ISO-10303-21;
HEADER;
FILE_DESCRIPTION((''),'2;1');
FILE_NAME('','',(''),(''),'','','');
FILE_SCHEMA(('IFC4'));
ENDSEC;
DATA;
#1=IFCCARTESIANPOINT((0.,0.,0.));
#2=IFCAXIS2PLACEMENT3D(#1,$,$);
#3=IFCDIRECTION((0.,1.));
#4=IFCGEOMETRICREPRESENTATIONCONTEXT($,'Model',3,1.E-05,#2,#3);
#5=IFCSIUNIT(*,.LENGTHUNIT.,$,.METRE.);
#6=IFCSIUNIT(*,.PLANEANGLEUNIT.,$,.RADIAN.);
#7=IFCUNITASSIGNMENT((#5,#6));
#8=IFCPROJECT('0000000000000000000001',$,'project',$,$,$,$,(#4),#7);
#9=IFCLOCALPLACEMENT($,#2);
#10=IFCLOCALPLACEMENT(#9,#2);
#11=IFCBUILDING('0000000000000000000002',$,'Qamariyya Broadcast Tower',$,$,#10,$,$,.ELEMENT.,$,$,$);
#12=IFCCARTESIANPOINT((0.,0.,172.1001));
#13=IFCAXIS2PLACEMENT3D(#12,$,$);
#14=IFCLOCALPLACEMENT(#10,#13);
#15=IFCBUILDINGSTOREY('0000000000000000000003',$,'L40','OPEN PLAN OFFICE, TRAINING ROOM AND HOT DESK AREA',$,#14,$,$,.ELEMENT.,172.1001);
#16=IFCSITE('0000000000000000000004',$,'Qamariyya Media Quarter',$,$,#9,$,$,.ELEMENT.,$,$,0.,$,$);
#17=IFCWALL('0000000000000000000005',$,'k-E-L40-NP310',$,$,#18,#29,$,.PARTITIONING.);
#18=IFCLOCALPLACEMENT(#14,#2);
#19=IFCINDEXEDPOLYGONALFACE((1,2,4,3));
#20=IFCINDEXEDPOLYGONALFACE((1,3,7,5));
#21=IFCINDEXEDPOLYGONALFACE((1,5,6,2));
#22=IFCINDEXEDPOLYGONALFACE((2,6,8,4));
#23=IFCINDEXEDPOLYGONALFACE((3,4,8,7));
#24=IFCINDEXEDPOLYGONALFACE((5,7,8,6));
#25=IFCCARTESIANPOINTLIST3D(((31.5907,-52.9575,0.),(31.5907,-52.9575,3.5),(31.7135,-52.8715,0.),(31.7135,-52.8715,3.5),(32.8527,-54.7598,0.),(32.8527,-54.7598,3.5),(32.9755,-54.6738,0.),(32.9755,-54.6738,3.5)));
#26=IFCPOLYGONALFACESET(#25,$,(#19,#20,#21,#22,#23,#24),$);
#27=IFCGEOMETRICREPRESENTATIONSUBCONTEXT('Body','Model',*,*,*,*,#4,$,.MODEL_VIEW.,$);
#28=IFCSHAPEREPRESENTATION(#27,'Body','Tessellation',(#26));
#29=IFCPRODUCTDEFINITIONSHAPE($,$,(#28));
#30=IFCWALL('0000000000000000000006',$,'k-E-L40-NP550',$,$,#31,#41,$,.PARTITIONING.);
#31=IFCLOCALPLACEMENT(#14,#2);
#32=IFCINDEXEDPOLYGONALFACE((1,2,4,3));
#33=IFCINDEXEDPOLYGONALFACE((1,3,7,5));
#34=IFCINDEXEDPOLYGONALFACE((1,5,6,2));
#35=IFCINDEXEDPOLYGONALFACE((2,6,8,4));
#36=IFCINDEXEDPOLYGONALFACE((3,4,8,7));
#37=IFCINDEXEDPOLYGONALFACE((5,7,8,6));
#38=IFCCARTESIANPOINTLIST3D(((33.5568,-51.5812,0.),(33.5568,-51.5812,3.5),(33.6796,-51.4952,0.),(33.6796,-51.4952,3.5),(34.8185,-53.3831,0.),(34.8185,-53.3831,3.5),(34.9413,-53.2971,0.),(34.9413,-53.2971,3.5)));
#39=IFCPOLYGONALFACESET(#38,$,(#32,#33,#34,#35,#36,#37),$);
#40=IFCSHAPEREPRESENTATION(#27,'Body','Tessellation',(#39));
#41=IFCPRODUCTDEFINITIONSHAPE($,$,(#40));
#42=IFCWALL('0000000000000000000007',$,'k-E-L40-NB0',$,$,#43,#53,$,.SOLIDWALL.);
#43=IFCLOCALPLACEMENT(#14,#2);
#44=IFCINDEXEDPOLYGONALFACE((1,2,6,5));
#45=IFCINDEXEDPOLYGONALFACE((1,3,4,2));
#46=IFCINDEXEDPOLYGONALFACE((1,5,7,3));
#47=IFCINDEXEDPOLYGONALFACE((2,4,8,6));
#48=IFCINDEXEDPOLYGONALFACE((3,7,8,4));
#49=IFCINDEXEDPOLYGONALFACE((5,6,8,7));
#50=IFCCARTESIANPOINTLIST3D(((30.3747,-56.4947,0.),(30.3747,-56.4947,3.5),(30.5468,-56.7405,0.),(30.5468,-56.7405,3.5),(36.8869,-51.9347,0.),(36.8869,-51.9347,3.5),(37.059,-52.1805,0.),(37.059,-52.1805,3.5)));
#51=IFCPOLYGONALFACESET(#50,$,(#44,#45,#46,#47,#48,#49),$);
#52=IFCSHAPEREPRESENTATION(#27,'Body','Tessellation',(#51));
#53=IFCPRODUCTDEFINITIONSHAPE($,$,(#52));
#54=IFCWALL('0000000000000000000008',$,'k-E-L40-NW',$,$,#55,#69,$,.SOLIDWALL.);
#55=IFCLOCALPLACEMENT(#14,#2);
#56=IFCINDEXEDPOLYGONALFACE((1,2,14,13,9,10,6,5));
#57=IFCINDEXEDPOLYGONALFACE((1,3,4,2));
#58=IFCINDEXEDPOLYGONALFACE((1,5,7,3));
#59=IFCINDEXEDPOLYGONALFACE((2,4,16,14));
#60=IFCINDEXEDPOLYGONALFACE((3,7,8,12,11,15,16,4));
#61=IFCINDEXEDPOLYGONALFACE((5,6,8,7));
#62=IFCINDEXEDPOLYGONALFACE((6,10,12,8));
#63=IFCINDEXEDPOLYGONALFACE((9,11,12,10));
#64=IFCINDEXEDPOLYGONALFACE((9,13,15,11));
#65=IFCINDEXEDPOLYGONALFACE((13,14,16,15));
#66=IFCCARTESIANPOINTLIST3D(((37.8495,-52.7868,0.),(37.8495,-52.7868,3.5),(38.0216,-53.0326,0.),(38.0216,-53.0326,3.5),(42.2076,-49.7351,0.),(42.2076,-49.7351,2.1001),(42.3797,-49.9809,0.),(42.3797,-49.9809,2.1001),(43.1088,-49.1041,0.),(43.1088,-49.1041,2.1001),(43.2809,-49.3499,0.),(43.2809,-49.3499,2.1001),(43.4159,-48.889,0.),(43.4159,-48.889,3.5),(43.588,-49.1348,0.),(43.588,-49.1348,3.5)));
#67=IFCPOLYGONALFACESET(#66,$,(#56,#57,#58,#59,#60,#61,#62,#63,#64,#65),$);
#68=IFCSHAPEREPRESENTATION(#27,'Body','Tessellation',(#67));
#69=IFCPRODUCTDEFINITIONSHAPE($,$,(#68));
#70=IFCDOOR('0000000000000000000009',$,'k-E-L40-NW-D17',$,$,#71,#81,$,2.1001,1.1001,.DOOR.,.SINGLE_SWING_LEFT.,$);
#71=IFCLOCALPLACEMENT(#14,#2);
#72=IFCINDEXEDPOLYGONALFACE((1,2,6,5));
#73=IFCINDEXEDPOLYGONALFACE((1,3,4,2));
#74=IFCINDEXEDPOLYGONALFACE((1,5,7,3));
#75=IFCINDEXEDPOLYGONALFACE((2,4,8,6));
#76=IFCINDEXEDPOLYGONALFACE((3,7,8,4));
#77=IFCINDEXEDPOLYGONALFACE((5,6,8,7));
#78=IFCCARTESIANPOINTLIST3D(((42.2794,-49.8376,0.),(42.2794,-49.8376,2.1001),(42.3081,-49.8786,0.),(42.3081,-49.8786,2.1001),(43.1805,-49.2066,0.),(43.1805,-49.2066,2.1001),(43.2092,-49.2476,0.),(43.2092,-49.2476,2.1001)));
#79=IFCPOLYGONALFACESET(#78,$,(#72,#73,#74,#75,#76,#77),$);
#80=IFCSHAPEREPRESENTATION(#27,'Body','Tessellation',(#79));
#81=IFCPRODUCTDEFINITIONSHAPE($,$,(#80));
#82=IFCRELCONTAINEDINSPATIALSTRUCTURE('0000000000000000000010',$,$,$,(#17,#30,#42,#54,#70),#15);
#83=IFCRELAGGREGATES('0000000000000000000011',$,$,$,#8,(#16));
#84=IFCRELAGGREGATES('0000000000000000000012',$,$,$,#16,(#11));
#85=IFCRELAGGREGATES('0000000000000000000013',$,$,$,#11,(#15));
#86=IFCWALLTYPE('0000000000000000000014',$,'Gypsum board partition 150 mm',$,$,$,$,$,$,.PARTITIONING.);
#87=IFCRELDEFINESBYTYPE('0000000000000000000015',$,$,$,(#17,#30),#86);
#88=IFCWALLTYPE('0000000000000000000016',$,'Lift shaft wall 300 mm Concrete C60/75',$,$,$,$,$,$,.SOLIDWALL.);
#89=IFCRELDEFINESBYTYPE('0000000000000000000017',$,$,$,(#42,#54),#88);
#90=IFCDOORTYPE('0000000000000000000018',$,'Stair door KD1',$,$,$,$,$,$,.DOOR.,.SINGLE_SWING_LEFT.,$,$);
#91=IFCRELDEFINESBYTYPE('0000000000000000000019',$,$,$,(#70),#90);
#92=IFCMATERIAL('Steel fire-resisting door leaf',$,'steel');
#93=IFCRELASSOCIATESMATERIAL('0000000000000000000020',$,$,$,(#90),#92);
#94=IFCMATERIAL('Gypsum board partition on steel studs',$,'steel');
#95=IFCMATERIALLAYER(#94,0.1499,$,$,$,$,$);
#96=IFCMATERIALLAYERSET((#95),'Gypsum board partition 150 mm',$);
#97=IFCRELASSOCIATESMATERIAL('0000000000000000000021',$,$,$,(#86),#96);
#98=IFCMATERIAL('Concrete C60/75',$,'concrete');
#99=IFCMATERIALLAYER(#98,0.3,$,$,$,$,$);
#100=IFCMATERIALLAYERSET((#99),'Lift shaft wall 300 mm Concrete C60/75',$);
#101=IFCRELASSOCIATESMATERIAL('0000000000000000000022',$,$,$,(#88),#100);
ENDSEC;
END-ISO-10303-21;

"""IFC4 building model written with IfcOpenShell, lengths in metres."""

from ifc_helpers import new_model, si_unit, direction, frame, frame_2d, origin, place, context, subcontext, project, spatial, rectangle, extrude, material, layer, layer_set, type_object, element, fill, save


model = new_model("IFC4")

# Units and contexts
model_context = context("Model", 3, precision=1e-05, world=origin(), true_north=direction((0.0, 1.0)))
body_context = subcontext(model_context, "Body", "Model", "MODEL_VIEW")
ifc_project = project(units=[si_unit("LENGTHUNIT", "METRE"), si_unit("PLANEANGLEUNIT", "RADIAN")], contexts=[model_context])

# Site, building, storey
site_placement = place(None, origin())
site = spatial("IfcSite", under=ifc_project, at=site_placement, Name="Qamariyya Media Quarter", CompositionType="ELEMENT", RefElevation=0.0)
building_placement = place(site_placement, origin())
building = spatial("IfcBuilding", under=site, at=building_placement, Name="Qamariyya Broadcast Tower", CompositionType="ELEMENT")
storey_placement = place(building_placement, frame((0.0, 0.0, 172.1001)))
storey = spatial("IfcBuildingStorey", under=building, at=storey_placement, Name="L40", Description="OPEN PLAN OFFICE, TRAINING ROOM AND HOT DESK AREA", CompositionType="ELEMENT", Elevation=172.1001)

# Shared definitions
ifc_material_1 = material(Name="Concrete C60/75", Category="concrete")

# Shared definitions
ifc_material_2 = material(Name="Steel fire-resisting door leaf", Category="steel")
door_type_1 = type_object("IfcDoorType", Name="Stair door KD1", OperationType="SINGLE_SWING_LEFT", PredefinedType="DOOR", material=ifc_material_2)

# Walls
ifc_material_3 = material(Name="Gypsum board partition on steel studs", Category="steel")
ifc_layer_1 = layer(ifc_material_3, 0.1499)
ifc_layer_set_1 = layer_set([ifc_layer_1], Name="Gypsum board partition 150 mm")
wall_type_1 = type_object("IfcWallType", Name="Gypsum board partition 150 mm", PredefinedType="PARTITIONING", material=ifc_layer_set_1)
wall_1_placement = place(storey_placement, frame((32.9141, -54.7168, 0.0), z_axis=(0.0, 0.0, 1.0), x_axis=(-0.573581, 0.819149, 0.0)))
element("IfcWall", 1, at=wall_1_placement, inside=storey, type_object=wall_type_1, Name="k-E-L40-NP310", PredefinedType="PARTITIONING", context=body_context, shape_type="SweptSolid", body=[
    extrude(rectangle(XDim=2.2002, YDim=0.1499, at=frame_2d((1.1001, 0.0))), origin(), (0.0, 0.0, 1.0), 3.5),
])
wall_2_placement = place(storey_placement, frame((34.8799, -53.3401, 0.0), z_axis=(0.0, 0.0, 1.0), x_axis=(-0.573559, 0.819164, 0.0)))
element("IfcWall", 2, at=wall_2_placement, inside=storey, type_object=wall_type_1, Name="k-E-L40-NP550", PredefinedType="PARTITIONING", context=body_context, shape_type="SweptSolid", body=[
    extrude(rectangle(XDim=2.1997, YDim=0.1499, at=frame_2d((1.0999, 0.0))), origin(), (0.0, 0.0, 1.0), 3.5),
])
ifc_layer_2 = layer(ifc_material_1, 0.3)
ifc_layer_set_2 = layer_set([ifc_layer_2], Name="Lift shaft wall 300 mm Concrete C60/75")
wall_type_2 = type_object("IfcWallType", Name="Lift shaft wall 300 mm Concrete C60/75", PredefinedType="SOLIDWALL", material=ifc_layer_set_2)
wall_3_placement = place(storey_placement, frame((30.4607, -56.6177, 0.0), z_axis=(0.0, 0.0, 1.0), x_axis=(0.819142, 0.57359, 0.0)))
element("IfcWall", 3, at=wall_3_placement, inside=storey, type_object=wall_type_2, Name="k-E-L40-NB0", PredefinedType="SOLIDWALL", context=body_context, shape_type="SweptSolid", body=[
    extrude(rectangle(XDim=7.95, YDim=0.3, at=frame_2d((3.9751, 0.0))), origin(), (0.0, 0.0, 1.0), 3.5),
])

# Wall, opening, door
wall_4_placement = place(storey_placement, frame((37.9355, -52.9097, 0.0), z_axis=(0.0, 0.0, 1.0), x_axis=(0.819148, 0.573583, 0.0)))
wall_4 = element("IfcWall", 4, at=wall_4_placement, inside=storey, type_object=wall_type_2, Name="k-E-L40-NW", PredefinedType="SOLIDWALL", context=body_context, shape_type="SweptSolid", body=[
    extrude(rectangle(XDim=6.7954, YDim=0.3, at=frame_2d((3.3977, 0.0))), origin(), (0.0, 0.0, 1.0), 3.5),
])
opening_1_placement = place(wall_4_placement, frame((5.3203, 0.0, 0.0)))
opening_1 = element("IfcOpeningElement", 5, at=opening_1_placement, cuts=wall_4, PredefinedType="OPENING", context=body_context, shape_type="SweptSolid", body=[
    extrude(rectangle(XDim=1.1001, YDim=2.1001, at=frame_2d((0.55, 1.05))), frame((0.0, 0.1599, 0.0), z_axis=(0.0, -1.0, 0.0), x_axis=(1.0, 0.0, 0.0)), (0.0, 0.0, 1.0), 0.3201),
])
door_1_placement = place(opening_1_placement, origin())
door_1 = element("IfcDoor", 6, at=door_1_placement, inside=storey, type_object=door_type_1, Name="k-E-L40-NW-D17", OperationType="SINGLE_SWING_LEFT", OverallHeight=2.1001, OverallWidth=1.1001, PredefinedType="DOOR", context=body_context, shape_type="SweptSolid", body=[
    extrude(rectangle(XDim=1.1001, YDim=2.1001, at=frame_2d((0.55, 1.05))), frame((0.0, 0.0249, 0.0), z_axis=(0.0, -1.0, 0.0), x_axis=(1.0, 0.0, 0.0)), (0.0, 0.0, 1.0), 0.05),
])
fill(opening_1, door_1)

save(model, "model.ifc")
